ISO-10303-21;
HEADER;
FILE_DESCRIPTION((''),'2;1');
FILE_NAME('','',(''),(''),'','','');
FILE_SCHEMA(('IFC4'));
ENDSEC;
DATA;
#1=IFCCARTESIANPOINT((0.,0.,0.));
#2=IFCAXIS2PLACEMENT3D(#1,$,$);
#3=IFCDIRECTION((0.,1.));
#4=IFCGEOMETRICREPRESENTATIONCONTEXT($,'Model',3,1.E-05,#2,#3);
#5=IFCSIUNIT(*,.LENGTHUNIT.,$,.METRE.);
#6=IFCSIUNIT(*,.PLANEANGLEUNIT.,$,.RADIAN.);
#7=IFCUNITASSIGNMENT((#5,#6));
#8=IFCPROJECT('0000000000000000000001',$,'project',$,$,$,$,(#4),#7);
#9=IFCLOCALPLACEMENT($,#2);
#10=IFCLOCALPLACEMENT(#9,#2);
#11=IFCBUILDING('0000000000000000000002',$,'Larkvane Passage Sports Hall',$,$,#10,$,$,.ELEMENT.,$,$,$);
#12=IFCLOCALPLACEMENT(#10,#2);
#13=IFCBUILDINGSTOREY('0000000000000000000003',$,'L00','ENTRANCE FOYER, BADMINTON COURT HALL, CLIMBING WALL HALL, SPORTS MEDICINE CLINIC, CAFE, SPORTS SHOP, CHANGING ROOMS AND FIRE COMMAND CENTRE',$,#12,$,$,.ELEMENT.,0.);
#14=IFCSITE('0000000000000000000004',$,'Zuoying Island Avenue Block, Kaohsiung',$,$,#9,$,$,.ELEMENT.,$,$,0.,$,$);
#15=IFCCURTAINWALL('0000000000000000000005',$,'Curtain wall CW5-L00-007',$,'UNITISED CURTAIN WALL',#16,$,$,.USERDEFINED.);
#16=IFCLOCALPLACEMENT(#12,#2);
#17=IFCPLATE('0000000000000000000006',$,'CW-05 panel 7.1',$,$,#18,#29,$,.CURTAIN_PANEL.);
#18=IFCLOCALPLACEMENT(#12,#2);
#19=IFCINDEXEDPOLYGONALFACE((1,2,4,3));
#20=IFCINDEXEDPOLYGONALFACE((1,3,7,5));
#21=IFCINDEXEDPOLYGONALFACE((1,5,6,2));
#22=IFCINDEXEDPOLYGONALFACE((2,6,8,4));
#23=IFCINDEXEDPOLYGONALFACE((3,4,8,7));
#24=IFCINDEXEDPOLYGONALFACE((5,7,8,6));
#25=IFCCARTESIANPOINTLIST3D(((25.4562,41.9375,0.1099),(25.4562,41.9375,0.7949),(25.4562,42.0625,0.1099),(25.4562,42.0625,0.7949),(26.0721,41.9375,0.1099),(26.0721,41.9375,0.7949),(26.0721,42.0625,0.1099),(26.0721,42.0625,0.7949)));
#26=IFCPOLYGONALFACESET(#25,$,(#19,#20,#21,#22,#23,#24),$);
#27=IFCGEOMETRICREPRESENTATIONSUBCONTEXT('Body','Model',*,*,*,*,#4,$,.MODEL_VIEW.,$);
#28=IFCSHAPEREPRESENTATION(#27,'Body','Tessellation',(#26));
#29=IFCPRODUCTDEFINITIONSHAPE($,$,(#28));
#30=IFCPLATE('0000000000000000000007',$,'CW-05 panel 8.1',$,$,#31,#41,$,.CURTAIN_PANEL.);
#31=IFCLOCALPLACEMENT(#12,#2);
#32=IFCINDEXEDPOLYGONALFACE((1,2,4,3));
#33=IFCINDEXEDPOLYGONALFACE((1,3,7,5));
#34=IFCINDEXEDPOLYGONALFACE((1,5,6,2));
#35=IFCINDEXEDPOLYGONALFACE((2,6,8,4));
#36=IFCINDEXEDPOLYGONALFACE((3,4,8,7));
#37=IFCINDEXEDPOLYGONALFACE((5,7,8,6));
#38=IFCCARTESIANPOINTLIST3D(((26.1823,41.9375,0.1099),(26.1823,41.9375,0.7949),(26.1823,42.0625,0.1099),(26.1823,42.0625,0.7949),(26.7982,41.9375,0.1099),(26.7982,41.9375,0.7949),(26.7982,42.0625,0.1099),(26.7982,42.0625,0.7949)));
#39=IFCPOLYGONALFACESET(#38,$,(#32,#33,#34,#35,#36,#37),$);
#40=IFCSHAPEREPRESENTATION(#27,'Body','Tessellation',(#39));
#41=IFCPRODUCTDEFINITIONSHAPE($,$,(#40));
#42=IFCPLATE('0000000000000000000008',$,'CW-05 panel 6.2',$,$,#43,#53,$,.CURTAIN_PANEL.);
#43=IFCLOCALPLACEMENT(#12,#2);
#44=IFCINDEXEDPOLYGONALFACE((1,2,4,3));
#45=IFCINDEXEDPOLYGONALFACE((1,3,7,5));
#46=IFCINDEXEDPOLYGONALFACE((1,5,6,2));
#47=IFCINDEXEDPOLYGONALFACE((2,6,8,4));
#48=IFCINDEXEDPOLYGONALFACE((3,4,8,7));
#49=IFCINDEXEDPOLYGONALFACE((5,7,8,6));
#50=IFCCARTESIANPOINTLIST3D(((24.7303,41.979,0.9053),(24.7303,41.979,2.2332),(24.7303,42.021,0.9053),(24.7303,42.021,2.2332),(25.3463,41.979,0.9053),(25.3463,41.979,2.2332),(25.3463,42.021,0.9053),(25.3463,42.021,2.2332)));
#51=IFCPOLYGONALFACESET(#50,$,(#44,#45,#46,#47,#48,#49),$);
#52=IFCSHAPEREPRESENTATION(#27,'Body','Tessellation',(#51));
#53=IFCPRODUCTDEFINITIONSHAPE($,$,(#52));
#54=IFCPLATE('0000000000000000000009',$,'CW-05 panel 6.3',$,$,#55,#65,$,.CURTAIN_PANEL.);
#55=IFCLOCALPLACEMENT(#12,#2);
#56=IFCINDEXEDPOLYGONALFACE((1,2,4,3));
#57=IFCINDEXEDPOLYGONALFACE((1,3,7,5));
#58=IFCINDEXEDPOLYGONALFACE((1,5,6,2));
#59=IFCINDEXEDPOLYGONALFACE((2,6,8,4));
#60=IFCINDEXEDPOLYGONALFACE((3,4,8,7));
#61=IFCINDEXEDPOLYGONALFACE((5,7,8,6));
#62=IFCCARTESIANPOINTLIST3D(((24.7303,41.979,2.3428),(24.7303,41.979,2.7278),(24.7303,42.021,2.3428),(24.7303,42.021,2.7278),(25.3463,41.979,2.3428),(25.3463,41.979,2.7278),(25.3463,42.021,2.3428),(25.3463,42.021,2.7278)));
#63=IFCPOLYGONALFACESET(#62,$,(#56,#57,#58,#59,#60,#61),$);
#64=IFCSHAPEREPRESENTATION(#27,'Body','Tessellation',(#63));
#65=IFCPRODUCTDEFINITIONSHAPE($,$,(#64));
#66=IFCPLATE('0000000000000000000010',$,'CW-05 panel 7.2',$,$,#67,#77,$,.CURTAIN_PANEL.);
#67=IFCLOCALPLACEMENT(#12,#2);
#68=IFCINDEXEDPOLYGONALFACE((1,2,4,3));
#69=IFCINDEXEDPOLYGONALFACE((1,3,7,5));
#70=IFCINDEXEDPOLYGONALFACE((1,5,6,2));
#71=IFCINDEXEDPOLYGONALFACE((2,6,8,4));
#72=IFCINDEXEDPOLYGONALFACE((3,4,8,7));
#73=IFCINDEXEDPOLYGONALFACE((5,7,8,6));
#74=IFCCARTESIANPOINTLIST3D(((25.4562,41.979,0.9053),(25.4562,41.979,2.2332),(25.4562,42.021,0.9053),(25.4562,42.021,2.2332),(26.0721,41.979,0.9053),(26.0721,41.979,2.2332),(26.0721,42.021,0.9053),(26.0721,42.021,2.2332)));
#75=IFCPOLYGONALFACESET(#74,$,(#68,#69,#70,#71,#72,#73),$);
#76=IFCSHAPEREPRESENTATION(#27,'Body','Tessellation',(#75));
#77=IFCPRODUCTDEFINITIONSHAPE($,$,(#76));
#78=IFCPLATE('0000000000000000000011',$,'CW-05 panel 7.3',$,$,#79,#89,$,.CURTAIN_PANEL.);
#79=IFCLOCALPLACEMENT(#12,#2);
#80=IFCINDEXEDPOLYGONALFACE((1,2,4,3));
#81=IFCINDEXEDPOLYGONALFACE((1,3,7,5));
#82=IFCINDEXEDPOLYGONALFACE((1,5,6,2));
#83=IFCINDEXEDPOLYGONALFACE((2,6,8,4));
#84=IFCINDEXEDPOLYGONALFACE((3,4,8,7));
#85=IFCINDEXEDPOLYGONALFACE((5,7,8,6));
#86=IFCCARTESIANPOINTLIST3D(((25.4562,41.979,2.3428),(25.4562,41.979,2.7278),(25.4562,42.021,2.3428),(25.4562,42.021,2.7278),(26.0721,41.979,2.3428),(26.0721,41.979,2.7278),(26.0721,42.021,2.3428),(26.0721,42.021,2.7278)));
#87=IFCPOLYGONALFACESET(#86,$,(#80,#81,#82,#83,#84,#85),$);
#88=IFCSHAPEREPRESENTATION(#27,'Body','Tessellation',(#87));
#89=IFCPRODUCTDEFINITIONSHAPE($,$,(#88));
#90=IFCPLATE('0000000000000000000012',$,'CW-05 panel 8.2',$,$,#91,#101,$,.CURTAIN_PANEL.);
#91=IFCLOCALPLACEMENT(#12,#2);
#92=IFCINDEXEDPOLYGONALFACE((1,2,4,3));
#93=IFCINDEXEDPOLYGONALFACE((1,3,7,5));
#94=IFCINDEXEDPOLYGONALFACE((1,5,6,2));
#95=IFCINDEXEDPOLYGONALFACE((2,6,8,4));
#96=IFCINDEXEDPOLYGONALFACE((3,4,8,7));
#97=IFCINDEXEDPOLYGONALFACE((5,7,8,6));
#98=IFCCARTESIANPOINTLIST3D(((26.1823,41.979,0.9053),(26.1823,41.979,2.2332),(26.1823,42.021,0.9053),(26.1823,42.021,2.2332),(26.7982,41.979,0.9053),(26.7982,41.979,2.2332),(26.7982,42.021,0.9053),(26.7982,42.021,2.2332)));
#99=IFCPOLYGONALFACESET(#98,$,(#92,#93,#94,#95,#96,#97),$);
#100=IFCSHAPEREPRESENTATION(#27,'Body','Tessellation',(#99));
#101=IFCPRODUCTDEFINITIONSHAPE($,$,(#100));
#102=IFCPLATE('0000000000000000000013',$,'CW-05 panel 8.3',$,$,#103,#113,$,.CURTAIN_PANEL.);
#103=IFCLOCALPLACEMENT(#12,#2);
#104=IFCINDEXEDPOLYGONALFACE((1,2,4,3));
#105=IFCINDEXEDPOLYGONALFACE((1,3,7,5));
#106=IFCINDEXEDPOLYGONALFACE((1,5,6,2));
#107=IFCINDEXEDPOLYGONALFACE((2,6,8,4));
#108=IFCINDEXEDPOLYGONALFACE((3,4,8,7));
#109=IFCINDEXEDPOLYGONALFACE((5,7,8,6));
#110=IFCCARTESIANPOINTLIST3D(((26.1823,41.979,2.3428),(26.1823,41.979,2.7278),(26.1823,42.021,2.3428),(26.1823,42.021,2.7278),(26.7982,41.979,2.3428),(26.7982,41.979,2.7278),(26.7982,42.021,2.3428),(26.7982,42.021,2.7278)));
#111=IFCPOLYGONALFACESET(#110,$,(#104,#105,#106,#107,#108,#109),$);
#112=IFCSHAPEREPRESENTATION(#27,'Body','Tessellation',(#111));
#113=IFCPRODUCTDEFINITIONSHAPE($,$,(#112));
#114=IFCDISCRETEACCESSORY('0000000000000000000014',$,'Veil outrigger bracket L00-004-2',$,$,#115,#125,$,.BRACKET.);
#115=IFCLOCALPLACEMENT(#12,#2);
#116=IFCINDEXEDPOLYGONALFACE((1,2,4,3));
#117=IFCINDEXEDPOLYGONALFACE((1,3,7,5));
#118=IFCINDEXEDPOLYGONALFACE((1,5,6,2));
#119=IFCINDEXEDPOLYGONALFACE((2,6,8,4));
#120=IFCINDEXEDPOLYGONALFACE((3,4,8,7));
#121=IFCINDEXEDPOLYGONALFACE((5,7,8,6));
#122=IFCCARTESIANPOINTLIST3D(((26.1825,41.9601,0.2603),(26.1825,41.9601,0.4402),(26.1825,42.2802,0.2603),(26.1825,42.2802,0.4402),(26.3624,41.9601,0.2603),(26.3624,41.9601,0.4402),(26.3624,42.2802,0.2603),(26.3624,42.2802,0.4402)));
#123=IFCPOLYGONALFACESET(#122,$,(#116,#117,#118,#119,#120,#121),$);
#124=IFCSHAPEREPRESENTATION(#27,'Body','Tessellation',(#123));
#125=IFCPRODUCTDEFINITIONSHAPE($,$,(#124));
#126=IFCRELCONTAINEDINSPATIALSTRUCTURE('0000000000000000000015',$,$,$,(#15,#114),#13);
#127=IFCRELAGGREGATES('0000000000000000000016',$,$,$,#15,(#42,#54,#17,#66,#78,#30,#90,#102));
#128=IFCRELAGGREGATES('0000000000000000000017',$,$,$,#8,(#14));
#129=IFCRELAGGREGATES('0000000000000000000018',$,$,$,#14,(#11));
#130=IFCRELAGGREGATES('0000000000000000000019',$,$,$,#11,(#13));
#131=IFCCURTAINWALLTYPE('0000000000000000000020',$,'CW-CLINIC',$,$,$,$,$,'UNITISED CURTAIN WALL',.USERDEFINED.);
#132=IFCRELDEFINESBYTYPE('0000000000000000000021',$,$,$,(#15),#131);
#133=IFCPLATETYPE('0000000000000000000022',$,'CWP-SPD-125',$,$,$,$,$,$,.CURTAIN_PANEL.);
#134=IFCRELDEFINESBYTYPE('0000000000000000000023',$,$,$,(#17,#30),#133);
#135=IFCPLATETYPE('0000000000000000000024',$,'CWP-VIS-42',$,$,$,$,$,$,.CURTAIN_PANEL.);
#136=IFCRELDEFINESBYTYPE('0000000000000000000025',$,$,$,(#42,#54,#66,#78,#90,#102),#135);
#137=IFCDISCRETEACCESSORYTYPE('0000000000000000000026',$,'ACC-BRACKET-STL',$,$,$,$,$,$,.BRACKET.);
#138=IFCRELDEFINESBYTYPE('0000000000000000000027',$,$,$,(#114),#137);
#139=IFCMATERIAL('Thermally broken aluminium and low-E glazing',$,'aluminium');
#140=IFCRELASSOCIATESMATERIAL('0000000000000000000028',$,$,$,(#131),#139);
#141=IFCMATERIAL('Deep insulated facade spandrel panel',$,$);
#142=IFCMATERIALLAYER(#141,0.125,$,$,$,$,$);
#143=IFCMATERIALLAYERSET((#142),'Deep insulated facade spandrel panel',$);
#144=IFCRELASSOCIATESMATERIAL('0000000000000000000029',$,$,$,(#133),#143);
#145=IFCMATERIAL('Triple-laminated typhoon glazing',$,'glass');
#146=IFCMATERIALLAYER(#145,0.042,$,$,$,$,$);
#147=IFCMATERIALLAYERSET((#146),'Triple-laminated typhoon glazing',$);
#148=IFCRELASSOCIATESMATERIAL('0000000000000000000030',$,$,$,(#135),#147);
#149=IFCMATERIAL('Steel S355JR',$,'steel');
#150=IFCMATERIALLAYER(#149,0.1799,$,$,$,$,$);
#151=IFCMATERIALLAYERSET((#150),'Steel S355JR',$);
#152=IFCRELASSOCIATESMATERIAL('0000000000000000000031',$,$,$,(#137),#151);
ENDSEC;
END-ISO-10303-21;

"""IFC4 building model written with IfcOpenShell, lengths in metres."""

from ifc_helpers import new_model, si_unit, direction, frame, origin, origin_2d, place, context, subcontext, project, spatial, rectangle, extrude, material, layer, layer_set, type_object, element, aggregate, save


model = new_model("IFC4")

# Units and contexts
model_context = context("Model", 3, precision=1e-05, world=origin(), true_north=direction((0.0, 1.0)))
body_context = subcontext(model_context, "Body", "Model", "MODEL_VIEW")
ifc_project = project(units=[si_unit("LENGTHUNIT", "METRE"), si_unit("PLANEANGLEUNIT", "RADIAN")], contexts=[model_context])

# Site, building, storey
site_placement = place(None, origin())
site = spatial("IfcSite", under=ifc_project, at=site_placement, Name="Zuoying Island Avenue Block, Kaohsiung", CompositionType="ELEMENT", RefElevation=0.0)
building_placement = place(site_placement, origin())
building = spatial("IfcBuilding", under=site, at=building_placement, Name="Larkvane Passage Sports Hall", CompositionType="ELEMENT")
storey_placement = place(building_placement, origin())
storey = spatial("IfcBuildingStorey", under=building, at=storey_placement, Name="L00", Description="ENTRANCE FOYER, BADMINTON COURT HALL, CLIMBING WALL HALL, SPORTS MEDICINE CLINIC, CAFE, SPORTS SHOP, CHANGING ROOMS AND FIRE COMMAND CENTRE", CompositionType="ELEMENT", Elevation=0.0)

# Curtain wall, plates
ifc_material_1 = material(Name="Thermally broken aluminium and low-E glazing", Category="aluminium")
curtain_wall_type = type_object("IfcCurtainWallType", Name="CW-CLINIC", ElementType="UNITISED CURTAIN WALL", PredefinedType="USERDEFINED", material=ifc_material_1)
curtain_wall_placement = place(storey_placement, origin())
curtain_wall = element("IfcCurtainWall", 1, at=curtain_wall_placement, inside=storey, type_object=curtain_wall_type, Name="Curtain wall CW5-L00-007", ObjectType="UNITISED CURTAIN WALL", PredefinedType="USERDEFINED")
ifc_material_2 = material(Name="Deep insulated facade spandrel panel")
ifc_layer_1 = layer(ifc_material_2, 0.125)
ifc_layer_set_1 = layer_set([ifc_layer_1], Name="Deep insulated facade spandrel panel")
plate_type_1 = type_object("IfcPlateType", Name="CWP-SPD-125", PredefinedType="CURTAIN_PANEL", material=ifc_layer_set_1)
plate_1_placement = place(storey_placement, frame((25.7642, 42.0, 0.1099), z_axis=(0.0, 0.0, 1.0), x_axis=(1.0, 0.0, 0.0)))
plate_1 = element("IfcPlate", 2, at=plate_1_placement, type_object=plate_type_1, Name="CW-05 panel 7.1", PredefinedType="CURTAIN_PANEL", context=body_context, shape_type="SweptSolid", body=[
    extrude(rectangle(XDim=0.616, YDim=0.125, at=origin_2d()), origin(), (0.0, 0.0, 1.0), 0.6851),
])
plate_2_placement = place(storey_placement, frame((26.4902, 42.0, 0.1099), z_axis=(0.0, 0.0, 1.0), x_axis=(1.0, 0.0, 0.0)))
plate_2 = element("IfcPlate", 3, at=plate_2_placement, type_object=plate_type_1, Name="CW-05 panel 8.1", PredefinedType="CURTAIN_PANEL", context=body_context, shape_type="SweptSolid", body=[
    extrude(rectangle(XDim=0.616, YDim=0.125, at=origin_2d()), origin(), (0.0, 0.0, 1.0), 0.6851),
])
ifc_material_3 = material(Name="Triple-laminated typhoon glazing", Category="glass")
ifc_layer_2 = layer(ifc_material_3, 0.042)
ifc_layer_set_2 = layer_set([ifc_layer_2], Name="Triple-laminated typhoon glazing")
plate_type_2 = type_object("IfcPlateType", Name="CWP-VIS-42", PredefinedType="CURTAIN_PANEL", material=ifc_layer_set_2)
plate_3_placement = place(storey_placement, frame((25.0383, 42.0, 0.9053), z_axis=(0.0, 0.0, 1.0), x_axis=(1.0, 0.0, 0.0)))
plate_3 = element("IfcPlate", 4, at=plate_3_placement, type_object=plate_type_2, Name="CW-05 panel 6.2", PredefinedType="CURTAIN_PANEL", context=body_context, shape_type="SweptSolid", body=[
    extrude(rectangle(XDim=0.616, YDim=0.042, at=origin_2d()), origin(), (0.0, 0.0, 1.0), 1.3279),
])
plate_4_placement = place(storey_placement, frame((25.0383, 42.0, 2.3428), z_axis=(0.0, 0.0, 1.0), x_axis=(1.0, 0.0, 0.0)))
plate_4 = element("IfcPlate", 5, at=plate_4_placement, type_object=plate_type_2, Name="CW-05 panel 6.3", PredefinedType="CURTAIN_PANEL", context=body_context, shape_type="SweptSolid", body=[
    extrude(rectangle(XDim=0.616, YDim=0.042, at=origin_2d()), origin(), (0.0, 0.0, 1.0), 0.385),
])
plate_5_placement = place(storey_placement, frame((25.7642, 42.0, 0.9053), z_axis=(0.0, 0.0, 1.0), x_axis=(1.0, 0.0, 0.0)))
plate_5 = element("IfcPlate", 6, at=plate_5_placement, type_object=plate_type_2, Name="CW-05 panel 7.2", PredefinedType="CURTAIN_PANEL", context=body_context, shape_type="SweptSolid", body=[
    extrude(rectangle(XDim=0.616, YDim=0.042, at=origin_2d()), origin(), (0.0, 0.0, 1.0), 1.3279),
])
plate_6_placement = place(storey_placement, frame((25.7642, 42.0, 2.3428), z_axis=(0.0, 0.0, 1.0), x_axis=(1.0, 0.0, 0.0)))
plate_6 = element("IfcPlate", 7, at=plate_6_placement, type_object=plate_type_2, Name="CW-05 panel 7.3", PredefinedType="CURTAIN_PANEL", context=body_context, shape_type="SweptSolid", body=[
    extrude(rectangle(XDim=0.616, YDim=0.042, at=origin_2d()), origin(), (0.0, 0.0, 1.0), 0.385),
])
plate_7_placement = place(storey_placement, frame((26.4902, 42.0, 0.9053), z_axis=(0.0, 0.0, 1.0), x_axis=(1.0, 0.0, 0.0)))
plate_7 = element("IfcPlate", 8, at=plate_7_placement, type_object=plate_type_2, Name="CW-05 panel 8.2", PredefinedType="CURTAIN_PANEL", context=body_context, shape_type="SweptSolid", body=[
    extrude(rectangle(XDim=0.616, YDim=0.042, at=origin_2d()), origin(), (0.0, 0.0, 1.0), 1.3279),
])
plate_8_placement = place(storey_placement, frame((26.4902, 42.0, 2.3428), z_axis=(0.0, 0.0, 1.0), x_axis=(1.0, 0.0, 0.0)))
plate_8 = element("IfcPlate", 9, at=plate_8_placement, type_object=plate_type_2, Name="CW-05 panel 8.3", PredefinedType="CURTAIN_PANEL", context=body_context, shape_type="SweptSolid", body=[
    extrude(rectangle(XDim=0.616, YDim=0.042, at=origin_2d()), origin(), (0.0, 0.0, 1.0), 0.385),
])
aggregate(curtain_wall, [plate_3, plate_4, plate_1, plate_5, plate_6, plate_2, plate_7, plate_8])

# Discrete accessory
ifc_material_4 = material(Name="Steel S355JR", Category="steel")
ifc_layer_3 = layer(ifc_material_4, 0.1799)
ifc_layer_set_3 = layer_set([ifc_layer_3], Name="Steel S355JR")
discrete_accessory_type = type_object("IfcDiscreteAccessoryType", Name="ACC-BRACKET-STL", PredefinedType="BRACKET", material=ifc_layer_set_3)
discrete_accessory_placement = place(storey_placement, frame((26.2725, 42.1201, 0.2603), z_axis=(0.0, 0.0, 1.0), x_axis=(1.0, 0.0, 0.0)))
element("IfcDiscreteAccessory", 10, at=discrete_accessory_placement, inside=storey, type_object=discrete_accessory_type, Name="Veil outrigger bracket L00-004-2", PredefinedType="BRACKET", context=body_context, shape_type="SweptSolid", body=[
    extrude(rectangle(XDim=0.1799, YDim=0.3201, at=origin_2d()), origin(), (0.0, 0.0, 1.0), 0.1799),
])

save(model, "model.ifc")
